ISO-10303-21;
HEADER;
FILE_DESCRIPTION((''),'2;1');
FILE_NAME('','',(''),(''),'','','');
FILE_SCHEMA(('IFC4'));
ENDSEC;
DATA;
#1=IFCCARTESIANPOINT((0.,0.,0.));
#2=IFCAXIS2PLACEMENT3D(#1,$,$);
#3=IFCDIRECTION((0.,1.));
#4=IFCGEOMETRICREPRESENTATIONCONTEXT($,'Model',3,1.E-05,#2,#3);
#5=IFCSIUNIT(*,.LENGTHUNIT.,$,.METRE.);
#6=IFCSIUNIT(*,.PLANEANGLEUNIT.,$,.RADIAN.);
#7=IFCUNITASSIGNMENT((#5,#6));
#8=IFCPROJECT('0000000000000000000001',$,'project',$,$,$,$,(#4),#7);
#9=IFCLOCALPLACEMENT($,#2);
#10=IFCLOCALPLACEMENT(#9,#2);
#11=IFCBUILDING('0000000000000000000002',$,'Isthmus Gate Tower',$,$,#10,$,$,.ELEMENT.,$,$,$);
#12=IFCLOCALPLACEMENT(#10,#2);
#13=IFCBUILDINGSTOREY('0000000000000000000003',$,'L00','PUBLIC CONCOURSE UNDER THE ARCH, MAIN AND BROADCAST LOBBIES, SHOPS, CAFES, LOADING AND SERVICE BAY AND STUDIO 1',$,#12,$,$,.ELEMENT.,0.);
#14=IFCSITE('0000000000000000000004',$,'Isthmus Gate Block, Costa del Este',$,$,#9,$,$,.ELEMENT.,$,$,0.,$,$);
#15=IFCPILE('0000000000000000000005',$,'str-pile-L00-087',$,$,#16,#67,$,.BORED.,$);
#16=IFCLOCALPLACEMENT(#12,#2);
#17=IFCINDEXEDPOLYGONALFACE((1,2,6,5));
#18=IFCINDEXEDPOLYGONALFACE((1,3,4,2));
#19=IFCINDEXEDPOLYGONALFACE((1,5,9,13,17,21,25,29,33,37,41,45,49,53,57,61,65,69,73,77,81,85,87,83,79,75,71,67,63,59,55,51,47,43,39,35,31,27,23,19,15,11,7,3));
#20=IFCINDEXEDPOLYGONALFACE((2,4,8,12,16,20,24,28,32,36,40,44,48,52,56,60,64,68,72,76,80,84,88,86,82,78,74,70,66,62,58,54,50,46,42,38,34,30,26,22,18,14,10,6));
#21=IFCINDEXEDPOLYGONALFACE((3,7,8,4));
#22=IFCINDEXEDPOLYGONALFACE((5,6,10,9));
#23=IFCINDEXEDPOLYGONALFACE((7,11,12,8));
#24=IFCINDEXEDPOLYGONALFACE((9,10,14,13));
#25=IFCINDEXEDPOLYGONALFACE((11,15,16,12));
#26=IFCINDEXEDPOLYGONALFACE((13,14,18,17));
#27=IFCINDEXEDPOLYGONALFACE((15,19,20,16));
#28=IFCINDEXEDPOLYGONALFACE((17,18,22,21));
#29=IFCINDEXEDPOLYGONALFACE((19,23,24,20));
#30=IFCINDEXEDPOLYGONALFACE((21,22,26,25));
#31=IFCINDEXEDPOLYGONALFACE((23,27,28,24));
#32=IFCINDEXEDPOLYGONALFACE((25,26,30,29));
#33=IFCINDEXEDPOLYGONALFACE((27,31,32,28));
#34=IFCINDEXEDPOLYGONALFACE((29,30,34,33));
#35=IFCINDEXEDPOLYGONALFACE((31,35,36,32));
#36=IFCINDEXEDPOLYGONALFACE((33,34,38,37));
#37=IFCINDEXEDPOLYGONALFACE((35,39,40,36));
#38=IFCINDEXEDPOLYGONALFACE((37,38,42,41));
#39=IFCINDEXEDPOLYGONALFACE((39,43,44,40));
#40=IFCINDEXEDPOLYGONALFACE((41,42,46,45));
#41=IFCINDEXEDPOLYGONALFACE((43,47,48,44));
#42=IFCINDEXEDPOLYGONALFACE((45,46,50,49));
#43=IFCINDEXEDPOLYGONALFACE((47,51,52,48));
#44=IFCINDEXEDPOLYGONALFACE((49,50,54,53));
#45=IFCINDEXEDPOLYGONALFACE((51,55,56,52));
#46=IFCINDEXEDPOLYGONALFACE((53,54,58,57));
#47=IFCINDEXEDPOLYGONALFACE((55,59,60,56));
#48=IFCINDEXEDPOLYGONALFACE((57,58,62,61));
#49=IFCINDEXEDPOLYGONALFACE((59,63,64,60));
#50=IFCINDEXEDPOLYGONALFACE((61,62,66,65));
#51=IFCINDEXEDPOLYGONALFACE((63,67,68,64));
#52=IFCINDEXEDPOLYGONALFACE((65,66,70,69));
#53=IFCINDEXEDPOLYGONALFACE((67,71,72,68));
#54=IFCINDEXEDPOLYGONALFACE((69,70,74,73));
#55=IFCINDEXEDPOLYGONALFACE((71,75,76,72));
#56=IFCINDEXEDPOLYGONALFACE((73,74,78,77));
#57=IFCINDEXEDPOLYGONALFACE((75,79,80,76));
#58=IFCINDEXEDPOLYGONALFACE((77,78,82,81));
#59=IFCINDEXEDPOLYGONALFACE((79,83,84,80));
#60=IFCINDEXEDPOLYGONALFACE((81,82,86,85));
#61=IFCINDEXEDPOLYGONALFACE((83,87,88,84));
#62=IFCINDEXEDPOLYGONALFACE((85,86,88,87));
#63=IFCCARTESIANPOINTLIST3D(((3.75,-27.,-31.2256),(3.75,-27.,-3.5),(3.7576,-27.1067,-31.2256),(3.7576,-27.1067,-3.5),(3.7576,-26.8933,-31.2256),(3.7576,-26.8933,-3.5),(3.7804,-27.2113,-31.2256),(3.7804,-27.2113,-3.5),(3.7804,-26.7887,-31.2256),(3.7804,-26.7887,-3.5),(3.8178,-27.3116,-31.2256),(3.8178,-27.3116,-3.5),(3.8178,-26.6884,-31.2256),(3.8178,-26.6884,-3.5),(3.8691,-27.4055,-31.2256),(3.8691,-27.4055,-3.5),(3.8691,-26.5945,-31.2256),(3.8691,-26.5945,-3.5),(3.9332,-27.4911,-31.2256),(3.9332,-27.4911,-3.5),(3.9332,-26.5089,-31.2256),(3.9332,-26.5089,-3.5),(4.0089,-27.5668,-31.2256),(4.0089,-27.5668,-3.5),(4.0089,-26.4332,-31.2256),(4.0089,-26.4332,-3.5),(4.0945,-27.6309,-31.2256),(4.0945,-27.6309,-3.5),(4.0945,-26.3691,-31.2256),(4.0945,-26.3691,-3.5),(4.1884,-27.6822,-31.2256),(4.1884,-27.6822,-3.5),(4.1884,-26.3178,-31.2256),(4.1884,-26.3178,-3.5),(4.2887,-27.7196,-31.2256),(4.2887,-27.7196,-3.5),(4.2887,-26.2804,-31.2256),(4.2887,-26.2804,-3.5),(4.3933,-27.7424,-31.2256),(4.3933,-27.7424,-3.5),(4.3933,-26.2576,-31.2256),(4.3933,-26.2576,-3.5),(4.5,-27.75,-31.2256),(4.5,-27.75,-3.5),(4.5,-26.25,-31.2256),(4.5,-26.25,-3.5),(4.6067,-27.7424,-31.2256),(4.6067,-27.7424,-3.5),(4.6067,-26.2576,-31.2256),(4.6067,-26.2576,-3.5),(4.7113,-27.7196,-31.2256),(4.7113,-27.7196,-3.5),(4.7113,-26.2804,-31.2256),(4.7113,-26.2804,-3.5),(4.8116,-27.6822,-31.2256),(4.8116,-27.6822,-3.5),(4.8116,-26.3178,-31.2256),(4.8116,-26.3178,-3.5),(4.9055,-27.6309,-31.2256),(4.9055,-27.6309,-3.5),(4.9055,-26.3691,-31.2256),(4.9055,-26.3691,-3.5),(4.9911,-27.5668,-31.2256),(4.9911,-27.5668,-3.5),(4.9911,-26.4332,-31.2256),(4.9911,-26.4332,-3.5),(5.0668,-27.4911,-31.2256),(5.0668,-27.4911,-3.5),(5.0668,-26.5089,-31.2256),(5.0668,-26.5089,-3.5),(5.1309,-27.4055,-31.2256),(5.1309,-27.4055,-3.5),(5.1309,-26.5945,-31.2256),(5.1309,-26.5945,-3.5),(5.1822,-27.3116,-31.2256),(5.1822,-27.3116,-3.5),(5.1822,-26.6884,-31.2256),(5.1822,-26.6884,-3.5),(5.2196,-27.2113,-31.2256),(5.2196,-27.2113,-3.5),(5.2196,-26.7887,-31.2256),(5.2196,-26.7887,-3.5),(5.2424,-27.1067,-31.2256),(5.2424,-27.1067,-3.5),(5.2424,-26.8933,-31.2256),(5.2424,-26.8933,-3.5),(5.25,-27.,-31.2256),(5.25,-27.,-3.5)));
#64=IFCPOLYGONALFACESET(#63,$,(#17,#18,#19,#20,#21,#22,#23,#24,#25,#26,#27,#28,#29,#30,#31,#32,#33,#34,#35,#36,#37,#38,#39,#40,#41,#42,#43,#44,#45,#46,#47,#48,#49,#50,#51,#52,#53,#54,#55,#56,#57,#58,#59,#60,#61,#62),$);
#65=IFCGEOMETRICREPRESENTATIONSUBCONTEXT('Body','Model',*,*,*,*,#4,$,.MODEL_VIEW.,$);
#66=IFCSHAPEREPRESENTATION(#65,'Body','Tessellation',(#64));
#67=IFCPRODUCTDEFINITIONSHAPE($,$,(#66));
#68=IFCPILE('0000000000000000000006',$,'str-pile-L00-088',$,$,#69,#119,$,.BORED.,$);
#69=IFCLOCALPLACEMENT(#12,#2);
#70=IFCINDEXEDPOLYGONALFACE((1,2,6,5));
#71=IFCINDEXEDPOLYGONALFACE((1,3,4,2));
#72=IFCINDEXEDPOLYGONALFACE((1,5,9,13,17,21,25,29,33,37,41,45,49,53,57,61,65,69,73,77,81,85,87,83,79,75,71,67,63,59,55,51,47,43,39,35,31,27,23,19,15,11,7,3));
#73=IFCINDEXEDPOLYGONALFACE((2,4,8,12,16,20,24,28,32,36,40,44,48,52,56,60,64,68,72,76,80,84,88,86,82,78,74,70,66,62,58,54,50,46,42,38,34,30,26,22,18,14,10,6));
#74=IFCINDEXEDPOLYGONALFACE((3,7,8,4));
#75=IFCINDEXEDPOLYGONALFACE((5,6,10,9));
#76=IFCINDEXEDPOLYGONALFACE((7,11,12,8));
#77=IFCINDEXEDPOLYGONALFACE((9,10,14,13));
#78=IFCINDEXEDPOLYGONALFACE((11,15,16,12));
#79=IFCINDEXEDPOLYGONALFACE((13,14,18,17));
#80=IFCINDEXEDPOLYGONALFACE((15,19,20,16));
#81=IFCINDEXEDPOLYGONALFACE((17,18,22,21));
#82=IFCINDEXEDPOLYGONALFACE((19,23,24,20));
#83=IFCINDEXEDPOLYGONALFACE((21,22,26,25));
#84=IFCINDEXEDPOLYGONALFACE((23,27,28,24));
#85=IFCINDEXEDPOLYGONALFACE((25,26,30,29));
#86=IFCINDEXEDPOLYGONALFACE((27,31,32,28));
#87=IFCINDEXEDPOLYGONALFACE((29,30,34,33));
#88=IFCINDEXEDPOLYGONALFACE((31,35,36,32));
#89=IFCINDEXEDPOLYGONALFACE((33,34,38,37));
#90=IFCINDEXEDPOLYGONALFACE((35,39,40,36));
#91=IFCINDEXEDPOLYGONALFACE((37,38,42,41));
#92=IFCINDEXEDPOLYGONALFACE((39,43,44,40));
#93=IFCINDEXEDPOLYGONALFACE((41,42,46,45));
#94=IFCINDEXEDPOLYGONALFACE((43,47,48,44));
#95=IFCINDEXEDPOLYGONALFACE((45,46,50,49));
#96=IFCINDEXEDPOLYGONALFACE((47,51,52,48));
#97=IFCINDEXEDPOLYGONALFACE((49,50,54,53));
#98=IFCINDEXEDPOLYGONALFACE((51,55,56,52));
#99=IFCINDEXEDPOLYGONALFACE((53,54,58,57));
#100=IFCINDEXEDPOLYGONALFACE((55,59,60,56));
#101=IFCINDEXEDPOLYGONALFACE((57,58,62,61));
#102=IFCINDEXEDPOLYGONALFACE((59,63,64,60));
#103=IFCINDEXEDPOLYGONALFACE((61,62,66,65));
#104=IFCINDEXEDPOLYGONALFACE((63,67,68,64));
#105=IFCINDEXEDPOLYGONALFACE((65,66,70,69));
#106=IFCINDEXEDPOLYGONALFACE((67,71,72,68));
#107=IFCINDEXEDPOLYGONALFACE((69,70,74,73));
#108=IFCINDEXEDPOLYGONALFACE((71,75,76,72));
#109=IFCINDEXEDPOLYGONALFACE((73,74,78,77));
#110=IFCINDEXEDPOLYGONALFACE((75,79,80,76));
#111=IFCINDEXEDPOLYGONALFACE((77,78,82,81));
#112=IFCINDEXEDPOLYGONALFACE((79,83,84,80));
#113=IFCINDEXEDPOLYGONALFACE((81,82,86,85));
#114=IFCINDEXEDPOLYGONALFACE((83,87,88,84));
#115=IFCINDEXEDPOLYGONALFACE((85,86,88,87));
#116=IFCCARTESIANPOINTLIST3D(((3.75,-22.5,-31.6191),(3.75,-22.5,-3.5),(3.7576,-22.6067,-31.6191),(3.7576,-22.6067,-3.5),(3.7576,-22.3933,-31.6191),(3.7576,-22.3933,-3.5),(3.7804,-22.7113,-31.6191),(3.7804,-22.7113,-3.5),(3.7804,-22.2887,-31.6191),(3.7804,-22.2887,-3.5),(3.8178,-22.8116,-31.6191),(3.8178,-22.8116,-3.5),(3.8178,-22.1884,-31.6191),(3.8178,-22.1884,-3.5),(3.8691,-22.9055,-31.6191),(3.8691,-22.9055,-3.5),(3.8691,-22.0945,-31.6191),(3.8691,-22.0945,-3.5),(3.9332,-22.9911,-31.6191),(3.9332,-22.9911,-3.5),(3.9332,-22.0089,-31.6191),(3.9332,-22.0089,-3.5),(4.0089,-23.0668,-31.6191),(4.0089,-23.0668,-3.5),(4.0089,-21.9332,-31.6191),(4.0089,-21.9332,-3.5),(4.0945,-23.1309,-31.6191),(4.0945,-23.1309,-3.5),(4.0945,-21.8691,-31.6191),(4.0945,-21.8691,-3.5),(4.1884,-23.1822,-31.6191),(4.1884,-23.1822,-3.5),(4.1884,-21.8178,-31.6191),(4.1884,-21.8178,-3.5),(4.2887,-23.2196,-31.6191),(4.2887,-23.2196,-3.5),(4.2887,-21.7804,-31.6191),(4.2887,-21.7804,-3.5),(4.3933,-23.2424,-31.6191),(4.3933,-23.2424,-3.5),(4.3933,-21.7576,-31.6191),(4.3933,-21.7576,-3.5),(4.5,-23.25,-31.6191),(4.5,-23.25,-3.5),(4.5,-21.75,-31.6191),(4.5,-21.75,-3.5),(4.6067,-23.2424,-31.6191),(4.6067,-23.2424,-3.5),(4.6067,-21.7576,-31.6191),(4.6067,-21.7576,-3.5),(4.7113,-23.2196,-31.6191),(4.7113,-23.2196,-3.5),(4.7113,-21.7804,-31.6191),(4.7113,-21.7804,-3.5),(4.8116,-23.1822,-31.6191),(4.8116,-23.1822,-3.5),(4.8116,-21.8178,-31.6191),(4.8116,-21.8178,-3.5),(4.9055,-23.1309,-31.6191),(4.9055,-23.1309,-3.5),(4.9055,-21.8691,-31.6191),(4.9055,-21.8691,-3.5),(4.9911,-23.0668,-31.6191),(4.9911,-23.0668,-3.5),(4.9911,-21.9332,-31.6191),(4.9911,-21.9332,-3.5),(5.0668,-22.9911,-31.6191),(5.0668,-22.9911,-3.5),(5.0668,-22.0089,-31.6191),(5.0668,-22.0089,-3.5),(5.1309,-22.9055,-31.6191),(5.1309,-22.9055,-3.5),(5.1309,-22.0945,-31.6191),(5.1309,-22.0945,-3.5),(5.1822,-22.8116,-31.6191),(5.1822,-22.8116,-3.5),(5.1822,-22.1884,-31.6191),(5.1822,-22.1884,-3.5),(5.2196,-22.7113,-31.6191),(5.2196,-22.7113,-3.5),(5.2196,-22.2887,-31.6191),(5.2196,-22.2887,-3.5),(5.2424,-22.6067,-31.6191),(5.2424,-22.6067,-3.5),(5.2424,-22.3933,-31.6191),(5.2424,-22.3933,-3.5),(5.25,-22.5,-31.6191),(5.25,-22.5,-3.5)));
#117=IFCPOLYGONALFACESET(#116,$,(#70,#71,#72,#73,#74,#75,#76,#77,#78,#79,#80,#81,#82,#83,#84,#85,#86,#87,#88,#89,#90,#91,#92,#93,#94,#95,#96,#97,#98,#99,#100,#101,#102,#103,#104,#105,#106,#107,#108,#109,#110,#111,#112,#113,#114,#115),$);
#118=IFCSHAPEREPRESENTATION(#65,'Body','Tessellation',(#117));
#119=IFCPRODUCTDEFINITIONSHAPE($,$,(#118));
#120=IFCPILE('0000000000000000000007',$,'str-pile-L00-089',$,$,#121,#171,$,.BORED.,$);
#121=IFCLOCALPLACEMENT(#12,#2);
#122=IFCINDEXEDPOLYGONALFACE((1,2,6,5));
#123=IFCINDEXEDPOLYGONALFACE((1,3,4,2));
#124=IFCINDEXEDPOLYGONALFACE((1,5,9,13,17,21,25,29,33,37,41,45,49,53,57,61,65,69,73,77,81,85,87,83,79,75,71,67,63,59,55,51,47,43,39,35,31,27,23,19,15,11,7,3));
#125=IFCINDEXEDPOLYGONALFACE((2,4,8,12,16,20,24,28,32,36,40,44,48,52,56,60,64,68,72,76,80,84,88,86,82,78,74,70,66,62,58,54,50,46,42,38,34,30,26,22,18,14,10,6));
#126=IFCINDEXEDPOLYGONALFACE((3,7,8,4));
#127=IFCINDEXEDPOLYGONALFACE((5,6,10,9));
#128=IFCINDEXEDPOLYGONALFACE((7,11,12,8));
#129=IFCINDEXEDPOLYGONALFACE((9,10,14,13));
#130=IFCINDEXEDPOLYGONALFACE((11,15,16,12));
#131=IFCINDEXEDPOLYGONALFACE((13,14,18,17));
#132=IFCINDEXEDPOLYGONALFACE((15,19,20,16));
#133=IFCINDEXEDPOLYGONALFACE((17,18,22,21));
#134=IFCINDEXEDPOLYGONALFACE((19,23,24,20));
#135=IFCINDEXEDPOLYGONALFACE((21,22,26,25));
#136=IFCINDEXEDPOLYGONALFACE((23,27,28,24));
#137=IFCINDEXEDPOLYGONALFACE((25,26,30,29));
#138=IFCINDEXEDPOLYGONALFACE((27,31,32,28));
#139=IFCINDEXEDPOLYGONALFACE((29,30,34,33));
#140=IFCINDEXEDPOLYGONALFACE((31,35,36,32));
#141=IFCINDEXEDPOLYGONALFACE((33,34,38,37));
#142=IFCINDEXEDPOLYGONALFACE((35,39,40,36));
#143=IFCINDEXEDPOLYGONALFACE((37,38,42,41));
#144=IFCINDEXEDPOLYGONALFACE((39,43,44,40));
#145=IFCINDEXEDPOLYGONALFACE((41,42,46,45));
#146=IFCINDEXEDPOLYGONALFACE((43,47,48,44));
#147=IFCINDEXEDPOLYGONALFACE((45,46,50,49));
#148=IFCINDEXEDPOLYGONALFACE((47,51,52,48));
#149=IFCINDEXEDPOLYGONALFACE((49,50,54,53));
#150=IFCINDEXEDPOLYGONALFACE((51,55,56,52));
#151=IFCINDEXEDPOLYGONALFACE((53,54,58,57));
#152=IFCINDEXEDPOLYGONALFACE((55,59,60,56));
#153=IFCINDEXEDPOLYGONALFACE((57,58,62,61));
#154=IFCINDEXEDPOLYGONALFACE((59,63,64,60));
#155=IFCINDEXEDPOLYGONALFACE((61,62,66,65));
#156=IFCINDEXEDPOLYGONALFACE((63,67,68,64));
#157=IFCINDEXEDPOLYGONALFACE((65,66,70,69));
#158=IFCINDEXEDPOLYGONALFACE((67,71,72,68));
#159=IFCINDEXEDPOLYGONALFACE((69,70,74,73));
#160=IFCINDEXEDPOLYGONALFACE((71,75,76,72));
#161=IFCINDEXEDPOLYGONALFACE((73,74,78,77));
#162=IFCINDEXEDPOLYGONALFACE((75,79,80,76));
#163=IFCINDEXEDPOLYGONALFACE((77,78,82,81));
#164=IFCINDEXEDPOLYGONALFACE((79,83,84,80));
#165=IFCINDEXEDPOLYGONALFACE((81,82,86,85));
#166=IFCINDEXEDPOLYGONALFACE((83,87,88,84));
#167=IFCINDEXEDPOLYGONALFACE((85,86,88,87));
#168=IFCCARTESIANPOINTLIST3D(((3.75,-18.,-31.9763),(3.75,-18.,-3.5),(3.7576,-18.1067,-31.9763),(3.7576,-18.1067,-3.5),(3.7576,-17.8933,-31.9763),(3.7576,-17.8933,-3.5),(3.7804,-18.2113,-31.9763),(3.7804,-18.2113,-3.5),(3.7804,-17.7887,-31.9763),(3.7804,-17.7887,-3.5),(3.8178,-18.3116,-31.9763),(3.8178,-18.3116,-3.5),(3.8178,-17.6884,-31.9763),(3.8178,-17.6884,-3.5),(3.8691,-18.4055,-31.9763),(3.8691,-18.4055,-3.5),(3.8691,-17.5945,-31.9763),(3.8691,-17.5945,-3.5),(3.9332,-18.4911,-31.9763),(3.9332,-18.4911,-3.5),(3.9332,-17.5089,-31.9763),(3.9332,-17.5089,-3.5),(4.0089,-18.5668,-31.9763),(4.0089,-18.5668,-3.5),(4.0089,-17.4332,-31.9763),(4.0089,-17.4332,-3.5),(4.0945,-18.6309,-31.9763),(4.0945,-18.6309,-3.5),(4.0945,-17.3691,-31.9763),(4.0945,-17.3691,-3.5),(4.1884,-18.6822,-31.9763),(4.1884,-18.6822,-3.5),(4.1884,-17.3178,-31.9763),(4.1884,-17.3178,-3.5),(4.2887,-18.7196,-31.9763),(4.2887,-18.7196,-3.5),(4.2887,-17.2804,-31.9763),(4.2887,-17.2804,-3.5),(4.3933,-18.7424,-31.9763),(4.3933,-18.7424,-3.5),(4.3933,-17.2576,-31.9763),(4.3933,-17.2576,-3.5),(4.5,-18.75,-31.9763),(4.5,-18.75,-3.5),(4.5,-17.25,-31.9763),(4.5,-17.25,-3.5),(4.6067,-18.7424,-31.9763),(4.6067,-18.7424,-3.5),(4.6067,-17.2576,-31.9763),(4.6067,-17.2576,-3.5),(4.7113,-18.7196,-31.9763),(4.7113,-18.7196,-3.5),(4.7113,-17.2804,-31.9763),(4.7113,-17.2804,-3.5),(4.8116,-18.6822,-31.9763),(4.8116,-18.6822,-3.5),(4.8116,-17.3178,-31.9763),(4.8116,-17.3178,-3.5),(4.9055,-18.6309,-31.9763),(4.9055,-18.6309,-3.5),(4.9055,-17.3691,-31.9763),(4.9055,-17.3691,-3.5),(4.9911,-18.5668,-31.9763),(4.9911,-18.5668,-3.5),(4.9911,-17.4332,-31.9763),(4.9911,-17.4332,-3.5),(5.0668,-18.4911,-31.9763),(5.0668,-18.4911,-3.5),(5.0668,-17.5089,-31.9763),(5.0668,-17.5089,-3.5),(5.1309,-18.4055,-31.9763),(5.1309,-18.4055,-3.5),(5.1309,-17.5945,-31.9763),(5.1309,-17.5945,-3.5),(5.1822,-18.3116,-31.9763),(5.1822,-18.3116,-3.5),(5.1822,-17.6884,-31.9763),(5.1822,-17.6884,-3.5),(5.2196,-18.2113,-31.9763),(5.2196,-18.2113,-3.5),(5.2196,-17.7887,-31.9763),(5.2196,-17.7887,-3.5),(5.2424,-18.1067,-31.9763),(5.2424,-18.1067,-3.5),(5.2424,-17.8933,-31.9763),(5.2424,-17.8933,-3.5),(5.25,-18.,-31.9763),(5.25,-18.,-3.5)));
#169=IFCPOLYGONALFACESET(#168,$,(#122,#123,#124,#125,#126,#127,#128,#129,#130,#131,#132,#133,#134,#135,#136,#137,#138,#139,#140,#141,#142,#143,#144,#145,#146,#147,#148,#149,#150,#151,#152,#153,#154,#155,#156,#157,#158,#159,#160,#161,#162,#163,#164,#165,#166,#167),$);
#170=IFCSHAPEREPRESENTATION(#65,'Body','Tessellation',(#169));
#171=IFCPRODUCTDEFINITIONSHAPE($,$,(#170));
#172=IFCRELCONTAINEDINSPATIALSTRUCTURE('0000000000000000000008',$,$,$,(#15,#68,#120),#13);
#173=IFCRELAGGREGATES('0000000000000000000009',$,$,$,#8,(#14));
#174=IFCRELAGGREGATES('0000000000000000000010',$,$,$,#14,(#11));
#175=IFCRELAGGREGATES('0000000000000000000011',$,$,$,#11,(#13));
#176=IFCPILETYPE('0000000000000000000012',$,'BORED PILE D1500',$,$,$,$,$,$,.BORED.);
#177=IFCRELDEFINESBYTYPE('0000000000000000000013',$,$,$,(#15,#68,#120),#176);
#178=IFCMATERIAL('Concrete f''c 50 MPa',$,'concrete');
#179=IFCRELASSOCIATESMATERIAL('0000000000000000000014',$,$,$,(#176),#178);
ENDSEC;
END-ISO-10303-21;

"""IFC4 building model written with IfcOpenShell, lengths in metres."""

from ifc_helpers import new_model, si_unit, direction, frame, origin, origin_2d, place, context, subcontext, project, spatial, circle, extrude, material, material_profile, profile_set, type_object, element, save


model = new_model("IFC4")

# Units and contexts
model_context = context("Model", 3, precision=1e-05, world=origin(), true_north=direction((0.0, 1.0)))
body_context = subcontext(model_context, "Body", "Model", "MODEL_VIEW")
ifc_project = project(units=[si_unit("LENGTHUNIT", "METRE"), si_unit("PLANEANGLEUNIT", "RADIAN")], contexts=[model_context])

# Site, building, storey
site_placement = place(None, origin())
site = spatial("IfcSite", under=ifc_project, at=site_placement, Name="Isthmus Gate Block, Costa del Este", CompositionType="ELEMENT", RefElevation=0.0)
building_placement = place(site_placement, origin())
building = spatial("IfcBuilding", under=site, at=building_placement, Name="Isthmus Gate Tower", CompositionType="ELEMENT")
storey_placement = place(building_placement, origin())
storey = spatial("IfcBuildingStorey", under=building, at=storey_placement, Name="L00", Description="PUBLIC CONCOURSE UNDER THE ARCH, MAIN AND BROADCAST LOBBIES, SHOPS, CAFES, LOADING AND SERVICE BAY AND STUDIO 1", CompositionType="ELEMENT", Elevation=0.0)

# Piles
ifc_material_1 = material(Name="Concrete f'c 50 MPa", Category="concrete")
ifc_material_profile_1 = material_profile(ifc_material_1, circle(Radius=0.75, at=origin_2d()), Name="D1500")
ifc_profile_set_1 = profile_set([ifc_material_profile_1], Name="Concrete f'c 50 MPa")
pile_type_1 = type_object("IfcPileType", Name="BORED PILE D1500", PredefinedType="BORED", material=ifc_profile_set_1)
pile_1_placement = place(storey_placement, frame((4.5, -27.0, -3.5), z_axis=(0.0, 0.0, -1.0), x_axis=(1.0, 0.0, 0.0)))
element("IfcPile", 1, at=pile_1_placement, inside=storey, type_object=pile_type_1, Name="str-pile-L00-087", PredefinedType="BORED", context=body_context, shape_type="SweptSolid", body=[
    extrude(circle(Radius=0.75, at=origin_2d()), origin(), (0.0, 0.0, 1.0), 27.7256),
])
pile_2_placement = place(storey_placement, frame((4.5, -22.5, -3.5), z_axis=(0.0, 0.0, -1.0), x_axis=(1.0, 0.0, 0.0)))
element("IfcPile", 2, at=pile_2_placement, inside=storey, type_object=pile_type_1, Name="str-pile-L00-088", PredefinedType="BORED", context=body_context, shape_type="SweptSolid", body=[
    extrude(circle(Radius=0.75, at=origin_2d()), origin(), (0.0, 0.0, 1.0), 28.1191),
])
pile_3_placement = place(storey_placement, frame((4.5, -18.0, -3.5), z_axis=(0.0, 0.0, -1.0), x_axis=(1.0, 0.0, 0.0)))
element("IfcPile", 3, at=pile_3_placement, inside=storey, type_object=pile_type_1, Name="str-pile-L00-089", PredefinedType="BORED", context=body_context, shape_type="SweptSolid", body=[
    extrude(circle(Radius=0.75, at=origin_2d()), origin(), (0.0, 0.0, 1.0), 28.4763),
])

save(model, "model.ifc")
